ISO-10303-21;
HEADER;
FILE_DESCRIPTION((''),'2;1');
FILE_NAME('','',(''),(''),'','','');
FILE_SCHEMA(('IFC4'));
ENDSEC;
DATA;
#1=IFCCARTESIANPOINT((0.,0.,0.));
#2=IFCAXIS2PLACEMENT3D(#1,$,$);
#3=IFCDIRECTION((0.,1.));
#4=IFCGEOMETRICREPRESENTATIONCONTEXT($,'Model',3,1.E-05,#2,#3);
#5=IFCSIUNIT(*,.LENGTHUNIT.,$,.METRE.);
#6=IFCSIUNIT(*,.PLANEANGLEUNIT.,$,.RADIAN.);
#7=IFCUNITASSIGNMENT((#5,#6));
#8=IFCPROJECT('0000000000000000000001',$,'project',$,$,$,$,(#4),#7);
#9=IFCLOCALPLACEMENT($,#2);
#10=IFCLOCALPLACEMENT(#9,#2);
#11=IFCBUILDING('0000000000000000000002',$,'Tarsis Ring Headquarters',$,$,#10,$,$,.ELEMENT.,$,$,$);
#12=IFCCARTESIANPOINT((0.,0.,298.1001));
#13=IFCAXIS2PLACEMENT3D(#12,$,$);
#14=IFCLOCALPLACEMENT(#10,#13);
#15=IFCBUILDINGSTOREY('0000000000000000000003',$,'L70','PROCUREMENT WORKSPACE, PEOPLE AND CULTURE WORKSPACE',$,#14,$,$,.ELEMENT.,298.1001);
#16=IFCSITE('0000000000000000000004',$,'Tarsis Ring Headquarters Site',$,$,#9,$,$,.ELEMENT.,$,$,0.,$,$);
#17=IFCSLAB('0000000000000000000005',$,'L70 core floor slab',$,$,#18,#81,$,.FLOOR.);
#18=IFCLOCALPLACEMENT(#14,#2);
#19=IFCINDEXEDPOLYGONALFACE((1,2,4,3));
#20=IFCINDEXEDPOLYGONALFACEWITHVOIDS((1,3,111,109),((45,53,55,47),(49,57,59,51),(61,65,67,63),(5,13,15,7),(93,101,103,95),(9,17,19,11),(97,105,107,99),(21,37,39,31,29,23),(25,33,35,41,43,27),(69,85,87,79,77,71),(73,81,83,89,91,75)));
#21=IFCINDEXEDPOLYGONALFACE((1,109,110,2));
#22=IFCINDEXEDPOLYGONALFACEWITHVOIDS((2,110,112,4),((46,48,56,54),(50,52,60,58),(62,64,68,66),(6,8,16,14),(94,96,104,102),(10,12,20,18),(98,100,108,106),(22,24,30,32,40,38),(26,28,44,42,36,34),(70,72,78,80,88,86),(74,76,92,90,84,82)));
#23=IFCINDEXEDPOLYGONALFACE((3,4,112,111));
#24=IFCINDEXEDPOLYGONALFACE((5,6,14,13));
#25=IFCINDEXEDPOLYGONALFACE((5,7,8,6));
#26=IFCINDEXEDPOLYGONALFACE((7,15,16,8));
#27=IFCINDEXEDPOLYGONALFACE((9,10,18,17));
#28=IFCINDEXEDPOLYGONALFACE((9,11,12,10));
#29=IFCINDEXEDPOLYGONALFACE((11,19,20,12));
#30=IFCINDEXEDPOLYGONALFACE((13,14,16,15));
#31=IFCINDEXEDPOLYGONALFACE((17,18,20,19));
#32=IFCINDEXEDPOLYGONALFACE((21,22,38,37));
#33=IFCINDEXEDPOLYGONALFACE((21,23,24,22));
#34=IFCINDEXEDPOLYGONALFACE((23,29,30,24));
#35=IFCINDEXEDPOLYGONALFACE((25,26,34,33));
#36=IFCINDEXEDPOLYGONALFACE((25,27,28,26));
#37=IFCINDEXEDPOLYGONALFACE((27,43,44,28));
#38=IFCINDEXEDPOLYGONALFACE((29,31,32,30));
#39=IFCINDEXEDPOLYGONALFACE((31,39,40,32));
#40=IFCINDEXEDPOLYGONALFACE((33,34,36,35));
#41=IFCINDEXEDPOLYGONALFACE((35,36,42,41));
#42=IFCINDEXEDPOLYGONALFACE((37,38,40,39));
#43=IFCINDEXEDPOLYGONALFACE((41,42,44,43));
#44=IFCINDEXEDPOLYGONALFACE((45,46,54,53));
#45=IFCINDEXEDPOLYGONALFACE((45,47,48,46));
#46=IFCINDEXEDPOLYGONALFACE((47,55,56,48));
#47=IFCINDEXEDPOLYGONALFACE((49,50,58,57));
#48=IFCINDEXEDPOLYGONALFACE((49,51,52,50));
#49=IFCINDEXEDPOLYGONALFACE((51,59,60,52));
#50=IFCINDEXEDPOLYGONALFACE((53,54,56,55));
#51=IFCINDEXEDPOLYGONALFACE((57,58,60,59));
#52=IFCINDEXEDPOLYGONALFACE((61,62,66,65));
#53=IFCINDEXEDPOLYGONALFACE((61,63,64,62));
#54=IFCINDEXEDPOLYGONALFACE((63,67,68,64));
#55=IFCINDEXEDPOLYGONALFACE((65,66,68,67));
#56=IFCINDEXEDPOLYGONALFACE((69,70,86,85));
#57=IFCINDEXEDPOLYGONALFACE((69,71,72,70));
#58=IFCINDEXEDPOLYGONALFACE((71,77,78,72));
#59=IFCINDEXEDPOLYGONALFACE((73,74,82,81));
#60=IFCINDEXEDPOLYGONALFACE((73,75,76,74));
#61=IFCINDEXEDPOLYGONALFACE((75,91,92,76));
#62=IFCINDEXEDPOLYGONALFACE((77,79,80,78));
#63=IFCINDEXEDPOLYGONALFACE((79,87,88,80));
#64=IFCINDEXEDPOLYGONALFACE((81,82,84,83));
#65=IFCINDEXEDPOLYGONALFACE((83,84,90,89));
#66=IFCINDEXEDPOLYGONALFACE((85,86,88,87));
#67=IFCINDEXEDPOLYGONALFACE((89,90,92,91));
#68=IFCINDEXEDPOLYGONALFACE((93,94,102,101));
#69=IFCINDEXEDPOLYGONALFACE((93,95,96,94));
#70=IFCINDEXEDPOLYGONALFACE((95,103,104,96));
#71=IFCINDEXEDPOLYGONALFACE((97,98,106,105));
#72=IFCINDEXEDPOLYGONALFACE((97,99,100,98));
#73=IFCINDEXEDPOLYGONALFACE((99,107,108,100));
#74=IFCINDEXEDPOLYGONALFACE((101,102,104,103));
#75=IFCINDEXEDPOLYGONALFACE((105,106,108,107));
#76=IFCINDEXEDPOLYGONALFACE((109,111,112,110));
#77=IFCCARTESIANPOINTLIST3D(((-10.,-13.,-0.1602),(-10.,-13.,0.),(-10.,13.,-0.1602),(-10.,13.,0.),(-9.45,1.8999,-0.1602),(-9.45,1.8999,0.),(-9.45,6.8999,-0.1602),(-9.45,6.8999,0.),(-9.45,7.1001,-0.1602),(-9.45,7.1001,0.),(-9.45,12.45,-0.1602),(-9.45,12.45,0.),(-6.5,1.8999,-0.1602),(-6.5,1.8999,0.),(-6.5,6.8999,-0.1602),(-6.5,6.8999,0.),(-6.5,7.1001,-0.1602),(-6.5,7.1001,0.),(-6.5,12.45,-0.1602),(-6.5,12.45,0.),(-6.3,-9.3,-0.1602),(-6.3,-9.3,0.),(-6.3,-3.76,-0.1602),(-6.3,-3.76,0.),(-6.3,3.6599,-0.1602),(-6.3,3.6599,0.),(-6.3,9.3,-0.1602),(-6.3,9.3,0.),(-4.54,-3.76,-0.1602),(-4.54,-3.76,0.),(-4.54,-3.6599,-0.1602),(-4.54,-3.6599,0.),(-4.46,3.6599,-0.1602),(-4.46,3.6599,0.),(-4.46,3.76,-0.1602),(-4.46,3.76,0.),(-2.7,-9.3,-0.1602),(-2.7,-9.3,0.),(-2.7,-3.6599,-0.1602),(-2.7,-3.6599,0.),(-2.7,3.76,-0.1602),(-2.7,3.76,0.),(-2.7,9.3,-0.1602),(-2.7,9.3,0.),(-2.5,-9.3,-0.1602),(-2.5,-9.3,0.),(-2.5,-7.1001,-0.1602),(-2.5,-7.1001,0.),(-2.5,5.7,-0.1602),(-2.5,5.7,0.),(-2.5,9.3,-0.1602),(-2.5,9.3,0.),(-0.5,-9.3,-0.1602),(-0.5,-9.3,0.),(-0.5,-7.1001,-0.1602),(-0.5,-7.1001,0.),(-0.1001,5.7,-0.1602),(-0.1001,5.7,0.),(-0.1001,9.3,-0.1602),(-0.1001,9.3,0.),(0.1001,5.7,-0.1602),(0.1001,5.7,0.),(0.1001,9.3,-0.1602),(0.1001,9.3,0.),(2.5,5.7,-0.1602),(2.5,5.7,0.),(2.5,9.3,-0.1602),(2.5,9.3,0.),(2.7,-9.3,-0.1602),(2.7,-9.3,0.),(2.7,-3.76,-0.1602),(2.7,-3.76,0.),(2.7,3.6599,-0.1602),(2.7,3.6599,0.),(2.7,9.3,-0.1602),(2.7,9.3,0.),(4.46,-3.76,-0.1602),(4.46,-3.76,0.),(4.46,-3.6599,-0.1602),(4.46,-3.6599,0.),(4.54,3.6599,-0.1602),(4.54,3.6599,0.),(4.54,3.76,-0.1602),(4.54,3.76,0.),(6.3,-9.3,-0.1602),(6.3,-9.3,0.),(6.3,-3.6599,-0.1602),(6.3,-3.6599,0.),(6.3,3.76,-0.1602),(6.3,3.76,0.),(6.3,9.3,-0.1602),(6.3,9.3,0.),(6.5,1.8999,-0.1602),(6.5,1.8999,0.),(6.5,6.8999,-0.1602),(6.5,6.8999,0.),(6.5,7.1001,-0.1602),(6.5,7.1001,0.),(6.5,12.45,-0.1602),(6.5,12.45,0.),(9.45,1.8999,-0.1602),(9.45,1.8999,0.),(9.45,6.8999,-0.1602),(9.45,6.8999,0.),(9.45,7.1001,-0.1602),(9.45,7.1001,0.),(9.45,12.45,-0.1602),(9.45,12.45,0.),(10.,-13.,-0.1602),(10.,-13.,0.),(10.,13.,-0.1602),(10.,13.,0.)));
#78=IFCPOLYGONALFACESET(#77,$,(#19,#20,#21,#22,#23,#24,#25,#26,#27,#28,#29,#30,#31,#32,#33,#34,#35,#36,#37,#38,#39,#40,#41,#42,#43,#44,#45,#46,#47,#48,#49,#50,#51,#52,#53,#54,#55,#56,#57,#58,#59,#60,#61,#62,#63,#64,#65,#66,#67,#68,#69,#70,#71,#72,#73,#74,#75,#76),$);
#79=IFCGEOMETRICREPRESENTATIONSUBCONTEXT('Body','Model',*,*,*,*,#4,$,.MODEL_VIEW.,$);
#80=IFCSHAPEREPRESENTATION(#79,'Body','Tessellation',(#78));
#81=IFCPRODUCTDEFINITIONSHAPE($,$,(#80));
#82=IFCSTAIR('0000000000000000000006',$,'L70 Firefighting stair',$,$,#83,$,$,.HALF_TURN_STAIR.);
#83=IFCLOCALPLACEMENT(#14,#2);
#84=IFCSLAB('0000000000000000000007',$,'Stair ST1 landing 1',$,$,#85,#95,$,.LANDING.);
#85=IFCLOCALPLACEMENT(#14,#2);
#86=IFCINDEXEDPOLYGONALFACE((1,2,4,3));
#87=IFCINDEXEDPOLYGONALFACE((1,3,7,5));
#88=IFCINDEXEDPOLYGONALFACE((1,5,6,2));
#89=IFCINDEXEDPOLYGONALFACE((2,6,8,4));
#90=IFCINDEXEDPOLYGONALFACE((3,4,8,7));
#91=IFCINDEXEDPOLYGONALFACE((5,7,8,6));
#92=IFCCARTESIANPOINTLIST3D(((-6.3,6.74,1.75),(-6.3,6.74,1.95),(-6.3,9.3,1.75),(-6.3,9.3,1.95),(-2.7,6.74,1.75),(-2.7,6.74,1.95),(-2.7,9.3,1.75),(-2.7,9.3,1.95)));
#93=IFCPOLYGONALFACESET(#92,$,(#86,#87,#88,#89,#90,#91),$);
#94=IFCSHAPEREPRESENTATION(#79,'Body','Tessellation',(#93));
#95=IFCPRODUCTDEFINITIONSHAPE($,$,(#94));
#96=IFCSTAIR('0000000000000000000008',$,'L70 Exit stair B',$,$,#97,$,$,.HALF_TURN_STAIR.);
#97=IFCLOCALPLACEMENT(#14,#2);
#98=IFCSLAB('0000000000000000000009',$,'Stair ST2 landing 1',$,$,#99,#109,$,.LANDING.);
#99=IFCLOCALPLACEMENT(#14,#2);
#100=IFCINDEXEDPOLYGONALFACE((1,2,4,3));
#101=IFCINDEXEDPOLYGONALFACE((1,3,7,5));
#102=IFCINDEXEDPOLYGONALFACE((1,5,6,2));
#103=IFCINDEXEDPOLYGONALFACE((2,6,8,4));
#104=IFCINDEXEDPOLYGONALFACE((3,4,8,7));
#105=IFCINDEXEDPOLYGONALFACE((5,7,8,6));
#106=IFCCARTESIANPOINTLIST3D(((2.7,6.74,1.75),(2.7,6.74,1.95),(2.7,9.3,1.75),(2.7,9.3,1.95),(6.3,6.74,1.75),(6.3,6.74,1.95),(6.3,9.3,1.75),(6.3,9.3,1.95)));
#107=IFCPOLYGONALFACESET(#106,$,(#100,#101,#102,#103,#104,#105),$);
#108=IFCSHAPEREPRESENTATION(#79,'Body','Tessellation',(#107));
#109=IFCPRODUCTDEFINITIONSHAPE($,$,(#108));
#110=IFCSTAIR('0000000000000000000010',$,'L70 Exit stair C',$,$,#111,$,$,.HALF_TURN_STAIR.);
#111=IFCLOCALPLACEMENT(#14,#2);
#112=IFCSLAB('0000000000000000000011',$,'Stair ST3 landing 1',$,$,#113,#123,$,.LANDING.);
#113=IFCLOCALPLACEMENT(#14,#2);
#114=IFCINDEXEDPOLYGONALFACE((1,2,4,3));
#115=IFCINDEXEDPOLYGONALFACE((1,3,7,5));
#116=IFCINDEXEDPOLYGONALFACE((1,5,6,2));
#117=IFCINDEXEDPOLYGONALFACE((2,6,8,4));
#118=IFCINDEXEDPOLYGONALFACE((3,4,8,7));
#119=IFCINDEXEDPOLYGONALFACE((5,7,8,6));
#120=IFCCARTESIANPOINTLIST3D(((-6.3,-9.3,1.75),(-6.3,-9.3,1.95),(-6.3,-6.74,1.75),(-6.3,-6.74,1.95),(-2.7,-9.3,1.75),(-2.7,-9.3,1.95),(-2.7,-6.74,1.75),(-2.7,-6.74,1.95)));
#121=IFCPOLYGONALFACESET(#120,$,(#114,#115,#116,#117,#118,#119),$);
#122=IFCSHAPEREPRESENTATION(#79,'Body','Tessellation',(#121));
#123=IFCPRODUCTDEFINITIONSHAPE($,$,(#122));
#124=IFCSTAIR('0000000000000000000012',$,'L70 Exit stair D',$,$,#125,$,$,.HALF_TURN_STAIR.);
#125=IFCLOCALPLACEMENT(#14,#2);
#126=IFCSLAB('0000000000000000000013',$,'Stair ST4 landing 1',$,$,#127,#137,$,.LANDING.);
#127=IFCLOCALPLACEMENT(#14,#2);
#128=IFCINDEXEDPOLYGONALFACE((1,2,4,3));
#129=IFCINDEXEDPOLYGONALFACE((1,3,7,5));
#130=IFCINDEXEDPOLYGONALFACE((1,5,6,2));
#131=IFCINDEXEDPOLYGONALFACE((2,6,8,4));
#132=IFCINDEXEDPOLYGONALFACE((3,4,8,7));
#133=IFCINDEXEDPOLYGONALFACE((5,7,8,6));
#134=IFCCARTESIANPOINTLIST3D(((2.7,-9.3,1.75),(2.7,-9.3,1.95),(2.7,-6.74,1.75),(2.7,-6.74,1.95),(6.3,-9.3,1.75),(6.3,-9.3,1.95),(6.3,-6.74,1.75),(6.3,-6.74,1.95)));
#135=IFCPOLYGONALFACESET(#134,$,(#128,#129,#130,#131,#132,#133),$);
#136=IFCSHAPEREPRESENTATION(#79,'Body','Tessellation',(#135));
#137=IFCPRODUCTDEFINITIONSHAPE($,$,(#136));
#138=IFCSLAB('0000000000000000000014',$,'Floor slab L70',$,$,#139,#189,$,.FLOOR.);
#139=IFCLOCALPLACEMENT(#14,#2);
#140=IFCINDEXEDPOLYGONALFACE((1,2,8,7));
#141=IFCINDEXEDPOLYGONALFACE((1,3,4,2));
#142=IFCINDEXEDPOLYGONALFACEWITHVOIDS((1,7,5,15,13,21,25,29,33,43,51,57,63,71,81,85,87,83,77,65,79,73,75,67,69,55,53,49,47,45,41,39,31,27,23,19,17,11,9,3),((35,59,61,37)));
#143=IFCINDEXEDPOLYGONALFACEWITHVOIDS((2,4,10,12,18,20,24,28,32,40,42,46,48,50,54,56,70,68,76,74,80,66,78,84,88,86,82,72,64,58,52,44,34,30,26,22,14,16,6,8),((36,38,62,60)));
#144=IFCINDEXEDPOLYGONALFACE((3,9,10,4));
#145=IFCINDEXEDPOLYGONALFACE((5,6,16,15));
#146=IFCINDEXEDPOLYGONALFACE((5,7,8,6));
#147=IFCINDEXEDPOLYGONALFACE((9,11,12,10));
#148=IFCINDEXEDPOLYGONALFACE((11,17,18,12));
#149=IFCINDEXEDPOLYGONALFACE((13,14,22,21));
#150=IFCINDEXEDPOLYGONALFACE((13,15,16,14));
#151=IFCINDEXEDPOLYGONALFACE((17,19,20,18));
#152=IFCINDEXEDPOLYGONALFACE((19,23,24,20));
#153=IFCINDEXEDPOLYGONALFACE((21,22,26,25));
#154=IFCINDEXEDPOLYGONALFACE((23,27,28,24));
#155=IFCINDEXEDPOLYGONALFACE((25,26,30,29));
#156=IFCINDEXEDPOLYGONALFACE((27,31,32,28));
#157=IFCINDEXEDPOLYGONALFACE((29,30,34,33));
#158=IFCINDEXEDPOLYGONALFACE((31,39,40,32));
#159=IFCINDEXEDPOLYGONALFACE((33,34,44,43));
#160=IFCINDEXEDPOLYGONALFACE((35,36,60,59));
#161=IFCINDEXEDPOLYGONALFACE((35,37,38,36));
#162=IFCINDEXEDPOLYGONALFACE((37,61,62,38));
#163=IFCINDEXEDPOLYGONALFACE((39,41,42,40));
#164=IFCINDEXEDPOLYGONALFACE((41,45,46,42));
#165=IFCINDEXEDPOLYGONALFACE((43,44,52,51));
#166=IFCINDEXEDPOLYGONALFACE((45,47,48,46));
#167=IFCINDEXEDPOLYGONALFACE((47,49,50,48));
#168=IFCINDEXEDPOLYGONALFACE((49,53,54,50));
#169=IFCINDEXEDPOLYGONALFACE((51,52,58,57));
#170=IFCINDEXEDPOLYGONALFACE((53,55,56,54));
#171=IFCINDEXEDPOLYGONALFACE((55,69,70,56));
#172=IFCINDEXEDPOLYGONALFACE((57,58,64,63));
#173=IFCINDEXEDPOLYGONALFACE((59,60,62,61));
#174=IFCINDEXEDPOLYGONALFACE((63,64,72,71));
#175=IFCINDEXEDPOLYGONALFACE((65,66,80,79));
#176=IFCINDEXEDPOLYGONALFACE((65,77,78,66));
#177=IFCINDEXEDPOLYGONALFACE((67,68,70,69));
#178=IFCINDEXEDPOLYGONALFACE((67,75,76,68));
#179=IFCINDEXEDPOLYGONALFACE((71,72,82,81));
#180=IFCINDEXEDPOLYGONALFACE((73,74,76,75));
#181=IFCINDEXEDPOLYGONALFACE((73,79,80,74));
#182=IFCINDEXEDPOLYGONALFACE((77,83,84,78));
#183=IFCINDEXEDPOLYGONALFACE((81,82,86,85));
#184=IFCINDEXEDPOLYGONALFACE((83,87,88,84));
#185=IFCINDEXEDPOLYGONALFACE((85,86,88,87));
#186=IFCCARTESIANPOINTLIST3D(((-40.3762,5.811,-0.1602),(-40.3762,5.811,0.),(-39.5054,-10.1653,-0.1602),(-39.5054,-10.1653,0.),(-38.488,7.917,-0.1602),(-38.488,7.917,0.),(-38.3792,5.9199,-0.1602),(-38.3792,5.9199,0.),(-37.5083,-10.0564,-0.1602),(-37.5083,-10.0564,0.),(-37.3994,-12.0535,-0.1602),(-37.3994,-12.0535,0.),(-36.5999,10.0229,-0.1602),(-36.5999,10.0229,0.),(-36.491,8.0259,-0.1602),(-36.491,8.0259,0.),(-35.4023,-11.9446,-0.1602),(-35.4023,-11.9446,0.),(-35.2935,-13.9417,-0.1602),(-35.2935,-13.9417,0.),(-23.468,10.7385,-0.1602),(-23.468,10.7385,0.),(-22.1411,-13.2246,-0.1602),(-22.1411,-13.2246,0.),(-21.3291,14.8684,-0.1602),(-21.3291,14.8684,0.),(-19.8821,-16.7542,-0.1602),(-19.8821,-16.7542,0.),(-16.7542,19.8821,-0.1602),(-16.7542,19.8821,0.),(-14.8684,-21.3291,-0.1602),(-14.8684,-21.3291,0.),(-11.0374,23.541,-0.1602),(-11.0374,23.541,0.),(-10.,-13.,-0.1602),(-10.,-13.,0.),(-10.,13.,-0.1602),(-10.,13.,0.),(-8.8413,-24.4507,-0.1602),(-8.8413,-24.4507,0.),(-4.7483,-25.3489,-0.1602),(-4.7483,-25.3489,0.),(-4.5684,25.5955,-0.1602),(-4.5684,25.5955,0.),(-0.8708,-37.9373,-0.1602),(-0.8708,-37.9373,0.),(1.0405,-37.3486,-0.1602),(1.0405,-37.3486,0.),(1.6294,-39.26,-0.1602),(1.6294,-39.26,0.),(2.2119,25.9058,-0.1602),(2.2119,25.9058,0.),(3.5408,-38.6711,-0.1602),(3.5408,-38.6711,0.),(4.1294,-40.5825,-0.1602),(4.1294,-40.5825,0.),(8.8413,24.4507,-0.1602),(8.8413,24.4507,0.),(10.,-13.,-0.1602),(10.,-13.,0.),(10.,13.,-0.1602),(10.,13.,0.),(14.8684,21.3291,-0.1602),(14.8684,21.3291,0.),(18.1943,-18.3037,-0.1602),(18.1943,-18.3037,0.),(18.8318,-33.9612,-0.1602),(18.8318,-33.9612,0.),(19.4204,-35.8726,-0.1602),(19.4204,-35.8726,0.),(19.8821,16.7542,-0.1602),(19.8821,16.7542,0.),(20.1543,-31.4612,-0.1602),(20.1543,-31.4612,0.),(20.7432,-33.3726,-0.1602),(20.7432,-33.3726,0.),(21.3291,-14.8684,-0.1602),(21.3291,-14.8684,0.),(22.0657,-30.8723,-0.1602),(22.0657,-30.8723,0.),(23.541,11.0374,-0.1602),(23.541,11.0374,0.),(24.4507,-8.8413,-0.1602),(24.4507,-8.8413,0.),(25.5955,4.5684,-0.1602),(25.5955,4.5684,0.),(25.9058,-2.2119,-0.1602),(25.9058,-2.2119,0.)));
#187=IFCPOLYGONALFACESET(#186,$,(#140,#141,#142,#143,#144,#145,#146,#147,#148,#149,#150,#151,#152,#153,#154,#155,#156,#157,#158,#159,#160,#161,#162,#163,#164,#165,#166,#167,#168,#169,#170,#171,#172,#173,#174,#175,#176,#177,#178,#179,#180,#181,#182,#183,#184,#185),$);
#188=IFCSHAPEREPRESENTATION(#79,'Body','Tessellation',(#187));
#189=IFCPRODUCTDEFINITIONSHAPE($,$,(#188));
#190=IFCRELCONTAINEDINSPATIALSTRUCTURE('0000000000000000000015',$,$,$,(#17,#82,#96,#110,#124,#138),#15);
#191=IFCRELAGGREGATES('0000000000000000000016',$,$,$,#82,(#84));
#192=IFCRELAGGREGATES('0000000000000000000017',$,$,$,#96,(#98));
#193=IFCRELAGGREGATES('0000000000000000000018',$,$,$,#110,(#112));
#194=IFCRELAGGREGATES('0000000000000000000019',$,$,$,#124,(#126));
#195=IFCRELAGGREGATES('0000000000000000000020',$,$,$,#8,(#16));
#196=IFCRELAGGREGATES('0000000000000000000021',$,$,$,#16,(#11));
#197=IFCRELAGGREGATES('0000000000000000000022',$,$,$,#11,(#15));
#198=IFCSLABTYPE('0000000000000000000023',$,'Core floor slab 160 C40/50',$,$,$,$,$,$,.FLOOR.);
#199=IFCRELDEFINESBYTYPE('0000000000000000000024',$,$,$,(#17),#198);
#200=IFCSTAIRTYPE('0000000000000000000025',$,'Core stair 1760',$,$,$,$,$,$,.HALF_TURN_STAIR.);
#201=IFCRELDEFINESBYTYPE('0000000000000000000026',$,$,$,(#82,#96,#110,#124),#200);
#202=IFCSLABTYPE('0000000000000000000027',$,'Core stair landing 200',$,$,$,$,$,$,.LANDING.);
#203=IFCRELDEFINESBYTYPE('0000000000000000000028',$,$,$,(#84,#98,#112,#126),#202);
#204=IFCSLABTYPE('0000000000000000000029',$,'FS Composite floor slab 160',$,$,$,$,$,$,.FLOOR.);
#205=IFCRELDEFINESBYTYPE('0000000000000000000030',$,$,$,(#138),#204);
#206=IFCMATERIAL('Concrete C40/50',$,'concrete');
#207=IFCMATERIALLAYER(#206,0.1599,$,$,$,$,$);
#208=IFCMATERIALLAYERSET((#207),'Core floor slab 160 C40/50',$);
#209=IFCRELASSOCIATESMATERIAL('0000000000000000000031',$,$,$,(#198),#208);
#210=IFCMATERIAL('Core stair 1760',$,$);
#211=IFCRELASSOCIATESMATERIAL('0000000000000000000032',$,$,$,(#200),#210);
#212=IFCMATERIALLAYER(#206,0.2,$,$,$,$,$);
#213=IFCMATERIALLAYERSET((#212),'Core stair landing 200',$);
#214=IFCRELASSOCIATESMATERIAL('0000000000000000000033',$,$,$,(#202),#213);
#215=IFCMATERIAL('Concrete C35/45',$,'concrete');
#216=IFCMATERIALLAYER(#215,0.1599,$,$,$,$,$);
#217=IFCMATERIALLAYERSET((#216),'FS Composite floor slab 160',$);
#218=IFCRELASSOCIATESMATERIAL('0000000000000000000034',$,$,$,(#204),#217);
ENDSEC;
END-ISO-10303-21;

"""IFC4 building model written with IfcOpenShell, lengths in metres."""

from ifc_helpers import new_model, si_unit, direction, frame, origin, place, context, subcontext, project, spatial, polyline, outline, extrude, material, layer, layer_set, type_object, element, aggregate, save


model = new_model("IFC4")

# Units and contexts
model_context = context("Model", 3, precision=1e-05, world=origin(), true_north=direction((0.0, 1.0)))
body_context = subcontext(model_context, "Body", "Model", "MODEL_VIEW")
ifc_project = project(units=[si_unit("LENGTHUNIT", "METRE"), si_unit("PLANEANGLEUNIT", "RADIAN")], contexts=[model_context])

# Site, building, storey
site_placement = place(None, origin())
site = spatial("IfcSite", under=ifc_project, at=site_placement, Name="Tarsis Ring Headquarters Site", CompositionType="ELEMENT", RefElevation=0.0)
building_placement = place(site_placement, origin())
building = spatial("IfcBuilding", under=site, at=building_placement, Name="Tarsis Ring Headquarters", CompositionType="ELEMENT")
storey_placement = place(building_placement, frame((0.0, 0.0, 298.1001)))
storey = spatial("IfcBuildingStorey", under=building, at=storey_placement, Name="L70", Description="PROCUREMENT WORKSPACE, PEOPLE AND CULTURE WORKSPACE", CompositionType="ELEMENT", Elevation=298.1001)

# Shared definitions
ifc_material_1 = material(Name="Concrete C40/50", Category="concrete")

# Slab
ifc_layer_1 = layer(ifc_material_1, 0.1599)
ifc_layer_set_1 = layer_set([ifc_layer_1], Name="Core floor slab 160 C40/50")
slab_type_1 = type_object("IfcSlabType", Name="Core floor slab 160 C40/50", PredefinedType="FLOOR", material=ifc_layer_set_1)
slab_1_placement = place(storey_placement, frame((0.0, 0.0, -0.1602)))
element("IfcSlab", 1, at=slab_1_placement, inside=storey, type_object=slab_type_1, Name="L70 core floor slab", PredefinedType="FLOOR", context=body_context, shape_type="SweptSolid", body=[
    extrude(outline(polyline([(-10.0, -13.0), (10.0, -13.0), (10.0, 13.0), (-10.0, 13.0), (-10.0, -13.0)]), holes=[polyline([(-2.5, 5.7), (-0.1001, 5.7), (-0.1001, 9.3), (-2.5, 9.3), (-2.5, 5.7)]), polyline([(0.1001, 5.7), (2.5, 5.7), (2.5, 9.3), (0.1001, 9.3), (0.1001, 5.7)]), polyline([(-9.45, 1.8999), (-6.5, 1.8999), (-6.5, 6.8999), (-9.45, 6.8999), (-9.45, 1.8999)]), polyline([(-9.45, 7.1001), (-6.5, 7.1001), (-6.5, 12.45), (-9.45, 12.45), (-9.45, 7.1001)]), polyline([(6.5, 1.8999), (9.45, 1.8999), (9.45, 6.8999), (6.5, 6.8999), (6.5, 1.8999)]), polyline([(6.5, 7.1001), (9.45, 7.1001), (9.45, 12.45), (6.5, 12.45), (6.5, 7.1001)]), polyline([(-2.5, -9.3), (-0.5, -9.3), (-0.5, -7.1001), (-2.5, -7.1001), (-2.5, -9.3)]), polyline([(-2.7, 3.76), (-2.7, 9.3), (-6.3, 9.3), (-6.3, 3.6599), (-4.46, 3.6599), (-4.46, 3.76), (-2.7, 3.76)]), polyline([(6.3, 3.76), (6.3, 9.3), (2.7, 9.3), (2.7, 3.6599), (4.54, 3.6599), (4.54, 3.76), (6.3, 3.76)]), polyline([(-6.3, -3.76), (-6.3, -9.3), (-2.7, -9.3), (-2.7, -3.6599), (-4.54, -3.6599), (-4.54, -3.76), (-6.3, -3.76)]), polyline([(2.7, -3.76), (2.7, -9.3), (6.3, -9.3), (6.3, -3.6599), (4.46, -3.6599), (4.46, -3.76), (2.7, -3.76)])]), origin(), (0.0, 0.0, 1.0), 0.1602),
])

# Stairs, slabs
ifc_material_2 = material(Name="Core stair 1760")
stair_type = type_object("IfcStairType", Name="Core stair 1760", PredefinedType="HALF_TURN_STAIR", material=ifc_material_2)
stair_1_placement = place(storey_placement, origin())
stair_1 = element("IfcStair", 2, at=stair_1_placement, inside=storey, type_object=stair_type, Name="L70 Firefighting stair", PredefinedType="HALF_TURN_STAIR")
ifc_layer_2 = layer(ifc_material_1, 0.2)
ifc_layer_set_2 = layer_set([ifc_layer_2], Name="Core stair landing 200")
slab_type_2 = type_object("IfcSlabType", Name="Core stair landing 200", PredefinedType="LANDING", material=ifc_layer_set_2)
slab_2_placement = place(storey_placement, frame((0.0, 0.0, 1.75)))
slab_2 = element("IfcSlab", 3, at=slab_2_placement, type_object=slab_type_2, Name="Stair ST1 landing 1", PredefinedType="LANDING", context=body_context, shape_type="SweptSolid", body=[
    extrude(outline(polyline([(-2.7, 6.74), (-2.7, 9.3), (-6.3, 9.3), (-6.3, 6.74), (-2.7, 6.74)])), origin(), (0.0, 0.0, 1.0), 0.2),
])
aggregate(stair_1, [slab_2])
stair_2_placement = place(storey_placement, origin())
stair_2 = element("IfcStair", 4, at=stair_2_placement, inside=storey, type_object=stair_type, Name="L70 Exit stair B", PredefinedType="HALF_TURN_STAIR")
slab_3_placement = place(storey_placement, frame((0.0, 0.0, 1.75)))
slab_3 = element("IfcSlab", 5, at=slab_3_placement, type_object=slab_type_2, Name="Stair ST2 landing 1", PredefinedType="LANDING", context=body_context, shape_type="SweptSolid", body=[
    extrude(outline(polyline([(6.3, 6.74), (6.3, 9.3), (2.7, 9.3), (2.7, 6.74), (6.3, 6.74)])), origin(), (0.0, 0.0, 1.0), 0.2),
])
aggregate(stair_2, [slab_3])
stair_3_placement = place(storey_placement, origin())
stair_3 = element("IfcStair", 6, at=stair_3_placement, inside=storey, type_object=stair_type, Name="L70 Exit stair C", PredefinedType="HALF_TURN_STAIR")
slab_4_placement = place(storey_placement, frame((0.0, 0.0, 1.75)))
slab_4 = element("IfcSlab", 7, at=slab_4_placement, type_object=slab_type_2, Name="Stair ST3 landing 1", PredefinedType="LANDING", context=body_context, shape_type="SweptSolid", body=[
    extrude(outline(polyline([(-6.3, -6.74), (-6.3, -9.3), (-2.7, -9.3), (-2.7, -6.74), (-6.3, -6.74)])), origin(), (0.0, 0.0, 1.0), 0.2),
])
aggregate(stair_3, [slab_4])
stair_4_placement = place(storey_placement, origin())
stair_4 = element("IfcStair", 8, at=stair_4_placement, inside=storey, type_object=stair_type, Name="L70 Exit stair D", PredefinedType="HALF_TURN_STAIR")
slab_5_placement = place(storey_placement, frame((0.0, 0.0, 1.75)))
slab_5 = element("IfcSlab", 9, at=slab_5_placement, type_object=slab_type_2, Name="Stair ST4 landing 1", PredefinedType="LANDING", context=body_context, shape_type="SweptSolid", body=[
    extrude(outline(polyline([(2.7, -6.74), (2.7, -9.3), (6.3, -9.3), (6.3, -6.74), (2.7, -6.74)])), origin(), (0.0, 0.0, 1.0), 0.2),
])
aggregate(stair_4, [slab_5])

# Slab
ifc_material_3 = material(Name="Concrete C35/45", Category="concrete")
ifc_layer_3 = layer(ifc_material_3, 0.1599)
ifc_layer_set_3 = layer_set([ifc_layer_3], Name="FS Composite floor slab 160")
slab_type_3 = type_object("IfcSlabType", Name="FS Composite floor slab 160", PredefinedType="FLOOR", material=ifc_layer_set_3)
slab_6_placement = place(storey_placement, frame((0.0, 0.0, -0.1602)))
element("IfcSlab", 10, at=slab_6_placement, inside=storey, type_object=slab_type_3, Name="Floor slab L70", PredefinedType="FLOOR", context=body_context, shape_type="SweptSolid", body=[
    extrude(outline(polyline([(-22.1411, -13.2246), (-19.8821, -16.7542), (-14.8684, -21.3291), (-8.8413, -24.4507), (-4.7483, -25.3489), (-0.8708, -37.9373), (1.0405, -37.3486), (1.6294, -39.26), (3.5408, -38.6711), (4.1294, -40.5825), (19.4204, -35.8726), (18.8318, -33.9612), (20.7432, -33.3726), (20.1543, -31.4612), (22.0657, -30.8723), (18.1943, -18.3037), (21.3291, -14.8684), (24.4507, -8.8413), (25.9058, -2.2119), (25.5955, 4.5684), (23.541, 11.0374), (19.8821, 16.7542), (14.8684, 21.3291), (8.8413, 24.4507), (2.2119, 25.9058), (-4.5684, 25.5955), (-11.0374, 23.541), (-16.7542, 19.8821), (-21.3291, 14.8684), (-23.468, 10.7385), (-36.5999, 10.0229), (-36.491, 8.0259), (-38.488, 7.917), (-38.3792, 5.9199), (-40.3762, 5.811), (-39.5054, -10.1653), (-37.5083, -10.0564), (-37.3994, -12.0535), (-35.4023, -11.9446), (-35.2935, -13.9417), (-22.1411, -13.2246)]), holes=[polyline([(-10.0, -13.0), (-10.0, 13.0), (10.0, 13.0), (10.0, -13.0), (-10.0, -13.0)])]), origin(), (0.0, 0.0, 1.0), 0.1602),
])

save(model, "model.ifc")
